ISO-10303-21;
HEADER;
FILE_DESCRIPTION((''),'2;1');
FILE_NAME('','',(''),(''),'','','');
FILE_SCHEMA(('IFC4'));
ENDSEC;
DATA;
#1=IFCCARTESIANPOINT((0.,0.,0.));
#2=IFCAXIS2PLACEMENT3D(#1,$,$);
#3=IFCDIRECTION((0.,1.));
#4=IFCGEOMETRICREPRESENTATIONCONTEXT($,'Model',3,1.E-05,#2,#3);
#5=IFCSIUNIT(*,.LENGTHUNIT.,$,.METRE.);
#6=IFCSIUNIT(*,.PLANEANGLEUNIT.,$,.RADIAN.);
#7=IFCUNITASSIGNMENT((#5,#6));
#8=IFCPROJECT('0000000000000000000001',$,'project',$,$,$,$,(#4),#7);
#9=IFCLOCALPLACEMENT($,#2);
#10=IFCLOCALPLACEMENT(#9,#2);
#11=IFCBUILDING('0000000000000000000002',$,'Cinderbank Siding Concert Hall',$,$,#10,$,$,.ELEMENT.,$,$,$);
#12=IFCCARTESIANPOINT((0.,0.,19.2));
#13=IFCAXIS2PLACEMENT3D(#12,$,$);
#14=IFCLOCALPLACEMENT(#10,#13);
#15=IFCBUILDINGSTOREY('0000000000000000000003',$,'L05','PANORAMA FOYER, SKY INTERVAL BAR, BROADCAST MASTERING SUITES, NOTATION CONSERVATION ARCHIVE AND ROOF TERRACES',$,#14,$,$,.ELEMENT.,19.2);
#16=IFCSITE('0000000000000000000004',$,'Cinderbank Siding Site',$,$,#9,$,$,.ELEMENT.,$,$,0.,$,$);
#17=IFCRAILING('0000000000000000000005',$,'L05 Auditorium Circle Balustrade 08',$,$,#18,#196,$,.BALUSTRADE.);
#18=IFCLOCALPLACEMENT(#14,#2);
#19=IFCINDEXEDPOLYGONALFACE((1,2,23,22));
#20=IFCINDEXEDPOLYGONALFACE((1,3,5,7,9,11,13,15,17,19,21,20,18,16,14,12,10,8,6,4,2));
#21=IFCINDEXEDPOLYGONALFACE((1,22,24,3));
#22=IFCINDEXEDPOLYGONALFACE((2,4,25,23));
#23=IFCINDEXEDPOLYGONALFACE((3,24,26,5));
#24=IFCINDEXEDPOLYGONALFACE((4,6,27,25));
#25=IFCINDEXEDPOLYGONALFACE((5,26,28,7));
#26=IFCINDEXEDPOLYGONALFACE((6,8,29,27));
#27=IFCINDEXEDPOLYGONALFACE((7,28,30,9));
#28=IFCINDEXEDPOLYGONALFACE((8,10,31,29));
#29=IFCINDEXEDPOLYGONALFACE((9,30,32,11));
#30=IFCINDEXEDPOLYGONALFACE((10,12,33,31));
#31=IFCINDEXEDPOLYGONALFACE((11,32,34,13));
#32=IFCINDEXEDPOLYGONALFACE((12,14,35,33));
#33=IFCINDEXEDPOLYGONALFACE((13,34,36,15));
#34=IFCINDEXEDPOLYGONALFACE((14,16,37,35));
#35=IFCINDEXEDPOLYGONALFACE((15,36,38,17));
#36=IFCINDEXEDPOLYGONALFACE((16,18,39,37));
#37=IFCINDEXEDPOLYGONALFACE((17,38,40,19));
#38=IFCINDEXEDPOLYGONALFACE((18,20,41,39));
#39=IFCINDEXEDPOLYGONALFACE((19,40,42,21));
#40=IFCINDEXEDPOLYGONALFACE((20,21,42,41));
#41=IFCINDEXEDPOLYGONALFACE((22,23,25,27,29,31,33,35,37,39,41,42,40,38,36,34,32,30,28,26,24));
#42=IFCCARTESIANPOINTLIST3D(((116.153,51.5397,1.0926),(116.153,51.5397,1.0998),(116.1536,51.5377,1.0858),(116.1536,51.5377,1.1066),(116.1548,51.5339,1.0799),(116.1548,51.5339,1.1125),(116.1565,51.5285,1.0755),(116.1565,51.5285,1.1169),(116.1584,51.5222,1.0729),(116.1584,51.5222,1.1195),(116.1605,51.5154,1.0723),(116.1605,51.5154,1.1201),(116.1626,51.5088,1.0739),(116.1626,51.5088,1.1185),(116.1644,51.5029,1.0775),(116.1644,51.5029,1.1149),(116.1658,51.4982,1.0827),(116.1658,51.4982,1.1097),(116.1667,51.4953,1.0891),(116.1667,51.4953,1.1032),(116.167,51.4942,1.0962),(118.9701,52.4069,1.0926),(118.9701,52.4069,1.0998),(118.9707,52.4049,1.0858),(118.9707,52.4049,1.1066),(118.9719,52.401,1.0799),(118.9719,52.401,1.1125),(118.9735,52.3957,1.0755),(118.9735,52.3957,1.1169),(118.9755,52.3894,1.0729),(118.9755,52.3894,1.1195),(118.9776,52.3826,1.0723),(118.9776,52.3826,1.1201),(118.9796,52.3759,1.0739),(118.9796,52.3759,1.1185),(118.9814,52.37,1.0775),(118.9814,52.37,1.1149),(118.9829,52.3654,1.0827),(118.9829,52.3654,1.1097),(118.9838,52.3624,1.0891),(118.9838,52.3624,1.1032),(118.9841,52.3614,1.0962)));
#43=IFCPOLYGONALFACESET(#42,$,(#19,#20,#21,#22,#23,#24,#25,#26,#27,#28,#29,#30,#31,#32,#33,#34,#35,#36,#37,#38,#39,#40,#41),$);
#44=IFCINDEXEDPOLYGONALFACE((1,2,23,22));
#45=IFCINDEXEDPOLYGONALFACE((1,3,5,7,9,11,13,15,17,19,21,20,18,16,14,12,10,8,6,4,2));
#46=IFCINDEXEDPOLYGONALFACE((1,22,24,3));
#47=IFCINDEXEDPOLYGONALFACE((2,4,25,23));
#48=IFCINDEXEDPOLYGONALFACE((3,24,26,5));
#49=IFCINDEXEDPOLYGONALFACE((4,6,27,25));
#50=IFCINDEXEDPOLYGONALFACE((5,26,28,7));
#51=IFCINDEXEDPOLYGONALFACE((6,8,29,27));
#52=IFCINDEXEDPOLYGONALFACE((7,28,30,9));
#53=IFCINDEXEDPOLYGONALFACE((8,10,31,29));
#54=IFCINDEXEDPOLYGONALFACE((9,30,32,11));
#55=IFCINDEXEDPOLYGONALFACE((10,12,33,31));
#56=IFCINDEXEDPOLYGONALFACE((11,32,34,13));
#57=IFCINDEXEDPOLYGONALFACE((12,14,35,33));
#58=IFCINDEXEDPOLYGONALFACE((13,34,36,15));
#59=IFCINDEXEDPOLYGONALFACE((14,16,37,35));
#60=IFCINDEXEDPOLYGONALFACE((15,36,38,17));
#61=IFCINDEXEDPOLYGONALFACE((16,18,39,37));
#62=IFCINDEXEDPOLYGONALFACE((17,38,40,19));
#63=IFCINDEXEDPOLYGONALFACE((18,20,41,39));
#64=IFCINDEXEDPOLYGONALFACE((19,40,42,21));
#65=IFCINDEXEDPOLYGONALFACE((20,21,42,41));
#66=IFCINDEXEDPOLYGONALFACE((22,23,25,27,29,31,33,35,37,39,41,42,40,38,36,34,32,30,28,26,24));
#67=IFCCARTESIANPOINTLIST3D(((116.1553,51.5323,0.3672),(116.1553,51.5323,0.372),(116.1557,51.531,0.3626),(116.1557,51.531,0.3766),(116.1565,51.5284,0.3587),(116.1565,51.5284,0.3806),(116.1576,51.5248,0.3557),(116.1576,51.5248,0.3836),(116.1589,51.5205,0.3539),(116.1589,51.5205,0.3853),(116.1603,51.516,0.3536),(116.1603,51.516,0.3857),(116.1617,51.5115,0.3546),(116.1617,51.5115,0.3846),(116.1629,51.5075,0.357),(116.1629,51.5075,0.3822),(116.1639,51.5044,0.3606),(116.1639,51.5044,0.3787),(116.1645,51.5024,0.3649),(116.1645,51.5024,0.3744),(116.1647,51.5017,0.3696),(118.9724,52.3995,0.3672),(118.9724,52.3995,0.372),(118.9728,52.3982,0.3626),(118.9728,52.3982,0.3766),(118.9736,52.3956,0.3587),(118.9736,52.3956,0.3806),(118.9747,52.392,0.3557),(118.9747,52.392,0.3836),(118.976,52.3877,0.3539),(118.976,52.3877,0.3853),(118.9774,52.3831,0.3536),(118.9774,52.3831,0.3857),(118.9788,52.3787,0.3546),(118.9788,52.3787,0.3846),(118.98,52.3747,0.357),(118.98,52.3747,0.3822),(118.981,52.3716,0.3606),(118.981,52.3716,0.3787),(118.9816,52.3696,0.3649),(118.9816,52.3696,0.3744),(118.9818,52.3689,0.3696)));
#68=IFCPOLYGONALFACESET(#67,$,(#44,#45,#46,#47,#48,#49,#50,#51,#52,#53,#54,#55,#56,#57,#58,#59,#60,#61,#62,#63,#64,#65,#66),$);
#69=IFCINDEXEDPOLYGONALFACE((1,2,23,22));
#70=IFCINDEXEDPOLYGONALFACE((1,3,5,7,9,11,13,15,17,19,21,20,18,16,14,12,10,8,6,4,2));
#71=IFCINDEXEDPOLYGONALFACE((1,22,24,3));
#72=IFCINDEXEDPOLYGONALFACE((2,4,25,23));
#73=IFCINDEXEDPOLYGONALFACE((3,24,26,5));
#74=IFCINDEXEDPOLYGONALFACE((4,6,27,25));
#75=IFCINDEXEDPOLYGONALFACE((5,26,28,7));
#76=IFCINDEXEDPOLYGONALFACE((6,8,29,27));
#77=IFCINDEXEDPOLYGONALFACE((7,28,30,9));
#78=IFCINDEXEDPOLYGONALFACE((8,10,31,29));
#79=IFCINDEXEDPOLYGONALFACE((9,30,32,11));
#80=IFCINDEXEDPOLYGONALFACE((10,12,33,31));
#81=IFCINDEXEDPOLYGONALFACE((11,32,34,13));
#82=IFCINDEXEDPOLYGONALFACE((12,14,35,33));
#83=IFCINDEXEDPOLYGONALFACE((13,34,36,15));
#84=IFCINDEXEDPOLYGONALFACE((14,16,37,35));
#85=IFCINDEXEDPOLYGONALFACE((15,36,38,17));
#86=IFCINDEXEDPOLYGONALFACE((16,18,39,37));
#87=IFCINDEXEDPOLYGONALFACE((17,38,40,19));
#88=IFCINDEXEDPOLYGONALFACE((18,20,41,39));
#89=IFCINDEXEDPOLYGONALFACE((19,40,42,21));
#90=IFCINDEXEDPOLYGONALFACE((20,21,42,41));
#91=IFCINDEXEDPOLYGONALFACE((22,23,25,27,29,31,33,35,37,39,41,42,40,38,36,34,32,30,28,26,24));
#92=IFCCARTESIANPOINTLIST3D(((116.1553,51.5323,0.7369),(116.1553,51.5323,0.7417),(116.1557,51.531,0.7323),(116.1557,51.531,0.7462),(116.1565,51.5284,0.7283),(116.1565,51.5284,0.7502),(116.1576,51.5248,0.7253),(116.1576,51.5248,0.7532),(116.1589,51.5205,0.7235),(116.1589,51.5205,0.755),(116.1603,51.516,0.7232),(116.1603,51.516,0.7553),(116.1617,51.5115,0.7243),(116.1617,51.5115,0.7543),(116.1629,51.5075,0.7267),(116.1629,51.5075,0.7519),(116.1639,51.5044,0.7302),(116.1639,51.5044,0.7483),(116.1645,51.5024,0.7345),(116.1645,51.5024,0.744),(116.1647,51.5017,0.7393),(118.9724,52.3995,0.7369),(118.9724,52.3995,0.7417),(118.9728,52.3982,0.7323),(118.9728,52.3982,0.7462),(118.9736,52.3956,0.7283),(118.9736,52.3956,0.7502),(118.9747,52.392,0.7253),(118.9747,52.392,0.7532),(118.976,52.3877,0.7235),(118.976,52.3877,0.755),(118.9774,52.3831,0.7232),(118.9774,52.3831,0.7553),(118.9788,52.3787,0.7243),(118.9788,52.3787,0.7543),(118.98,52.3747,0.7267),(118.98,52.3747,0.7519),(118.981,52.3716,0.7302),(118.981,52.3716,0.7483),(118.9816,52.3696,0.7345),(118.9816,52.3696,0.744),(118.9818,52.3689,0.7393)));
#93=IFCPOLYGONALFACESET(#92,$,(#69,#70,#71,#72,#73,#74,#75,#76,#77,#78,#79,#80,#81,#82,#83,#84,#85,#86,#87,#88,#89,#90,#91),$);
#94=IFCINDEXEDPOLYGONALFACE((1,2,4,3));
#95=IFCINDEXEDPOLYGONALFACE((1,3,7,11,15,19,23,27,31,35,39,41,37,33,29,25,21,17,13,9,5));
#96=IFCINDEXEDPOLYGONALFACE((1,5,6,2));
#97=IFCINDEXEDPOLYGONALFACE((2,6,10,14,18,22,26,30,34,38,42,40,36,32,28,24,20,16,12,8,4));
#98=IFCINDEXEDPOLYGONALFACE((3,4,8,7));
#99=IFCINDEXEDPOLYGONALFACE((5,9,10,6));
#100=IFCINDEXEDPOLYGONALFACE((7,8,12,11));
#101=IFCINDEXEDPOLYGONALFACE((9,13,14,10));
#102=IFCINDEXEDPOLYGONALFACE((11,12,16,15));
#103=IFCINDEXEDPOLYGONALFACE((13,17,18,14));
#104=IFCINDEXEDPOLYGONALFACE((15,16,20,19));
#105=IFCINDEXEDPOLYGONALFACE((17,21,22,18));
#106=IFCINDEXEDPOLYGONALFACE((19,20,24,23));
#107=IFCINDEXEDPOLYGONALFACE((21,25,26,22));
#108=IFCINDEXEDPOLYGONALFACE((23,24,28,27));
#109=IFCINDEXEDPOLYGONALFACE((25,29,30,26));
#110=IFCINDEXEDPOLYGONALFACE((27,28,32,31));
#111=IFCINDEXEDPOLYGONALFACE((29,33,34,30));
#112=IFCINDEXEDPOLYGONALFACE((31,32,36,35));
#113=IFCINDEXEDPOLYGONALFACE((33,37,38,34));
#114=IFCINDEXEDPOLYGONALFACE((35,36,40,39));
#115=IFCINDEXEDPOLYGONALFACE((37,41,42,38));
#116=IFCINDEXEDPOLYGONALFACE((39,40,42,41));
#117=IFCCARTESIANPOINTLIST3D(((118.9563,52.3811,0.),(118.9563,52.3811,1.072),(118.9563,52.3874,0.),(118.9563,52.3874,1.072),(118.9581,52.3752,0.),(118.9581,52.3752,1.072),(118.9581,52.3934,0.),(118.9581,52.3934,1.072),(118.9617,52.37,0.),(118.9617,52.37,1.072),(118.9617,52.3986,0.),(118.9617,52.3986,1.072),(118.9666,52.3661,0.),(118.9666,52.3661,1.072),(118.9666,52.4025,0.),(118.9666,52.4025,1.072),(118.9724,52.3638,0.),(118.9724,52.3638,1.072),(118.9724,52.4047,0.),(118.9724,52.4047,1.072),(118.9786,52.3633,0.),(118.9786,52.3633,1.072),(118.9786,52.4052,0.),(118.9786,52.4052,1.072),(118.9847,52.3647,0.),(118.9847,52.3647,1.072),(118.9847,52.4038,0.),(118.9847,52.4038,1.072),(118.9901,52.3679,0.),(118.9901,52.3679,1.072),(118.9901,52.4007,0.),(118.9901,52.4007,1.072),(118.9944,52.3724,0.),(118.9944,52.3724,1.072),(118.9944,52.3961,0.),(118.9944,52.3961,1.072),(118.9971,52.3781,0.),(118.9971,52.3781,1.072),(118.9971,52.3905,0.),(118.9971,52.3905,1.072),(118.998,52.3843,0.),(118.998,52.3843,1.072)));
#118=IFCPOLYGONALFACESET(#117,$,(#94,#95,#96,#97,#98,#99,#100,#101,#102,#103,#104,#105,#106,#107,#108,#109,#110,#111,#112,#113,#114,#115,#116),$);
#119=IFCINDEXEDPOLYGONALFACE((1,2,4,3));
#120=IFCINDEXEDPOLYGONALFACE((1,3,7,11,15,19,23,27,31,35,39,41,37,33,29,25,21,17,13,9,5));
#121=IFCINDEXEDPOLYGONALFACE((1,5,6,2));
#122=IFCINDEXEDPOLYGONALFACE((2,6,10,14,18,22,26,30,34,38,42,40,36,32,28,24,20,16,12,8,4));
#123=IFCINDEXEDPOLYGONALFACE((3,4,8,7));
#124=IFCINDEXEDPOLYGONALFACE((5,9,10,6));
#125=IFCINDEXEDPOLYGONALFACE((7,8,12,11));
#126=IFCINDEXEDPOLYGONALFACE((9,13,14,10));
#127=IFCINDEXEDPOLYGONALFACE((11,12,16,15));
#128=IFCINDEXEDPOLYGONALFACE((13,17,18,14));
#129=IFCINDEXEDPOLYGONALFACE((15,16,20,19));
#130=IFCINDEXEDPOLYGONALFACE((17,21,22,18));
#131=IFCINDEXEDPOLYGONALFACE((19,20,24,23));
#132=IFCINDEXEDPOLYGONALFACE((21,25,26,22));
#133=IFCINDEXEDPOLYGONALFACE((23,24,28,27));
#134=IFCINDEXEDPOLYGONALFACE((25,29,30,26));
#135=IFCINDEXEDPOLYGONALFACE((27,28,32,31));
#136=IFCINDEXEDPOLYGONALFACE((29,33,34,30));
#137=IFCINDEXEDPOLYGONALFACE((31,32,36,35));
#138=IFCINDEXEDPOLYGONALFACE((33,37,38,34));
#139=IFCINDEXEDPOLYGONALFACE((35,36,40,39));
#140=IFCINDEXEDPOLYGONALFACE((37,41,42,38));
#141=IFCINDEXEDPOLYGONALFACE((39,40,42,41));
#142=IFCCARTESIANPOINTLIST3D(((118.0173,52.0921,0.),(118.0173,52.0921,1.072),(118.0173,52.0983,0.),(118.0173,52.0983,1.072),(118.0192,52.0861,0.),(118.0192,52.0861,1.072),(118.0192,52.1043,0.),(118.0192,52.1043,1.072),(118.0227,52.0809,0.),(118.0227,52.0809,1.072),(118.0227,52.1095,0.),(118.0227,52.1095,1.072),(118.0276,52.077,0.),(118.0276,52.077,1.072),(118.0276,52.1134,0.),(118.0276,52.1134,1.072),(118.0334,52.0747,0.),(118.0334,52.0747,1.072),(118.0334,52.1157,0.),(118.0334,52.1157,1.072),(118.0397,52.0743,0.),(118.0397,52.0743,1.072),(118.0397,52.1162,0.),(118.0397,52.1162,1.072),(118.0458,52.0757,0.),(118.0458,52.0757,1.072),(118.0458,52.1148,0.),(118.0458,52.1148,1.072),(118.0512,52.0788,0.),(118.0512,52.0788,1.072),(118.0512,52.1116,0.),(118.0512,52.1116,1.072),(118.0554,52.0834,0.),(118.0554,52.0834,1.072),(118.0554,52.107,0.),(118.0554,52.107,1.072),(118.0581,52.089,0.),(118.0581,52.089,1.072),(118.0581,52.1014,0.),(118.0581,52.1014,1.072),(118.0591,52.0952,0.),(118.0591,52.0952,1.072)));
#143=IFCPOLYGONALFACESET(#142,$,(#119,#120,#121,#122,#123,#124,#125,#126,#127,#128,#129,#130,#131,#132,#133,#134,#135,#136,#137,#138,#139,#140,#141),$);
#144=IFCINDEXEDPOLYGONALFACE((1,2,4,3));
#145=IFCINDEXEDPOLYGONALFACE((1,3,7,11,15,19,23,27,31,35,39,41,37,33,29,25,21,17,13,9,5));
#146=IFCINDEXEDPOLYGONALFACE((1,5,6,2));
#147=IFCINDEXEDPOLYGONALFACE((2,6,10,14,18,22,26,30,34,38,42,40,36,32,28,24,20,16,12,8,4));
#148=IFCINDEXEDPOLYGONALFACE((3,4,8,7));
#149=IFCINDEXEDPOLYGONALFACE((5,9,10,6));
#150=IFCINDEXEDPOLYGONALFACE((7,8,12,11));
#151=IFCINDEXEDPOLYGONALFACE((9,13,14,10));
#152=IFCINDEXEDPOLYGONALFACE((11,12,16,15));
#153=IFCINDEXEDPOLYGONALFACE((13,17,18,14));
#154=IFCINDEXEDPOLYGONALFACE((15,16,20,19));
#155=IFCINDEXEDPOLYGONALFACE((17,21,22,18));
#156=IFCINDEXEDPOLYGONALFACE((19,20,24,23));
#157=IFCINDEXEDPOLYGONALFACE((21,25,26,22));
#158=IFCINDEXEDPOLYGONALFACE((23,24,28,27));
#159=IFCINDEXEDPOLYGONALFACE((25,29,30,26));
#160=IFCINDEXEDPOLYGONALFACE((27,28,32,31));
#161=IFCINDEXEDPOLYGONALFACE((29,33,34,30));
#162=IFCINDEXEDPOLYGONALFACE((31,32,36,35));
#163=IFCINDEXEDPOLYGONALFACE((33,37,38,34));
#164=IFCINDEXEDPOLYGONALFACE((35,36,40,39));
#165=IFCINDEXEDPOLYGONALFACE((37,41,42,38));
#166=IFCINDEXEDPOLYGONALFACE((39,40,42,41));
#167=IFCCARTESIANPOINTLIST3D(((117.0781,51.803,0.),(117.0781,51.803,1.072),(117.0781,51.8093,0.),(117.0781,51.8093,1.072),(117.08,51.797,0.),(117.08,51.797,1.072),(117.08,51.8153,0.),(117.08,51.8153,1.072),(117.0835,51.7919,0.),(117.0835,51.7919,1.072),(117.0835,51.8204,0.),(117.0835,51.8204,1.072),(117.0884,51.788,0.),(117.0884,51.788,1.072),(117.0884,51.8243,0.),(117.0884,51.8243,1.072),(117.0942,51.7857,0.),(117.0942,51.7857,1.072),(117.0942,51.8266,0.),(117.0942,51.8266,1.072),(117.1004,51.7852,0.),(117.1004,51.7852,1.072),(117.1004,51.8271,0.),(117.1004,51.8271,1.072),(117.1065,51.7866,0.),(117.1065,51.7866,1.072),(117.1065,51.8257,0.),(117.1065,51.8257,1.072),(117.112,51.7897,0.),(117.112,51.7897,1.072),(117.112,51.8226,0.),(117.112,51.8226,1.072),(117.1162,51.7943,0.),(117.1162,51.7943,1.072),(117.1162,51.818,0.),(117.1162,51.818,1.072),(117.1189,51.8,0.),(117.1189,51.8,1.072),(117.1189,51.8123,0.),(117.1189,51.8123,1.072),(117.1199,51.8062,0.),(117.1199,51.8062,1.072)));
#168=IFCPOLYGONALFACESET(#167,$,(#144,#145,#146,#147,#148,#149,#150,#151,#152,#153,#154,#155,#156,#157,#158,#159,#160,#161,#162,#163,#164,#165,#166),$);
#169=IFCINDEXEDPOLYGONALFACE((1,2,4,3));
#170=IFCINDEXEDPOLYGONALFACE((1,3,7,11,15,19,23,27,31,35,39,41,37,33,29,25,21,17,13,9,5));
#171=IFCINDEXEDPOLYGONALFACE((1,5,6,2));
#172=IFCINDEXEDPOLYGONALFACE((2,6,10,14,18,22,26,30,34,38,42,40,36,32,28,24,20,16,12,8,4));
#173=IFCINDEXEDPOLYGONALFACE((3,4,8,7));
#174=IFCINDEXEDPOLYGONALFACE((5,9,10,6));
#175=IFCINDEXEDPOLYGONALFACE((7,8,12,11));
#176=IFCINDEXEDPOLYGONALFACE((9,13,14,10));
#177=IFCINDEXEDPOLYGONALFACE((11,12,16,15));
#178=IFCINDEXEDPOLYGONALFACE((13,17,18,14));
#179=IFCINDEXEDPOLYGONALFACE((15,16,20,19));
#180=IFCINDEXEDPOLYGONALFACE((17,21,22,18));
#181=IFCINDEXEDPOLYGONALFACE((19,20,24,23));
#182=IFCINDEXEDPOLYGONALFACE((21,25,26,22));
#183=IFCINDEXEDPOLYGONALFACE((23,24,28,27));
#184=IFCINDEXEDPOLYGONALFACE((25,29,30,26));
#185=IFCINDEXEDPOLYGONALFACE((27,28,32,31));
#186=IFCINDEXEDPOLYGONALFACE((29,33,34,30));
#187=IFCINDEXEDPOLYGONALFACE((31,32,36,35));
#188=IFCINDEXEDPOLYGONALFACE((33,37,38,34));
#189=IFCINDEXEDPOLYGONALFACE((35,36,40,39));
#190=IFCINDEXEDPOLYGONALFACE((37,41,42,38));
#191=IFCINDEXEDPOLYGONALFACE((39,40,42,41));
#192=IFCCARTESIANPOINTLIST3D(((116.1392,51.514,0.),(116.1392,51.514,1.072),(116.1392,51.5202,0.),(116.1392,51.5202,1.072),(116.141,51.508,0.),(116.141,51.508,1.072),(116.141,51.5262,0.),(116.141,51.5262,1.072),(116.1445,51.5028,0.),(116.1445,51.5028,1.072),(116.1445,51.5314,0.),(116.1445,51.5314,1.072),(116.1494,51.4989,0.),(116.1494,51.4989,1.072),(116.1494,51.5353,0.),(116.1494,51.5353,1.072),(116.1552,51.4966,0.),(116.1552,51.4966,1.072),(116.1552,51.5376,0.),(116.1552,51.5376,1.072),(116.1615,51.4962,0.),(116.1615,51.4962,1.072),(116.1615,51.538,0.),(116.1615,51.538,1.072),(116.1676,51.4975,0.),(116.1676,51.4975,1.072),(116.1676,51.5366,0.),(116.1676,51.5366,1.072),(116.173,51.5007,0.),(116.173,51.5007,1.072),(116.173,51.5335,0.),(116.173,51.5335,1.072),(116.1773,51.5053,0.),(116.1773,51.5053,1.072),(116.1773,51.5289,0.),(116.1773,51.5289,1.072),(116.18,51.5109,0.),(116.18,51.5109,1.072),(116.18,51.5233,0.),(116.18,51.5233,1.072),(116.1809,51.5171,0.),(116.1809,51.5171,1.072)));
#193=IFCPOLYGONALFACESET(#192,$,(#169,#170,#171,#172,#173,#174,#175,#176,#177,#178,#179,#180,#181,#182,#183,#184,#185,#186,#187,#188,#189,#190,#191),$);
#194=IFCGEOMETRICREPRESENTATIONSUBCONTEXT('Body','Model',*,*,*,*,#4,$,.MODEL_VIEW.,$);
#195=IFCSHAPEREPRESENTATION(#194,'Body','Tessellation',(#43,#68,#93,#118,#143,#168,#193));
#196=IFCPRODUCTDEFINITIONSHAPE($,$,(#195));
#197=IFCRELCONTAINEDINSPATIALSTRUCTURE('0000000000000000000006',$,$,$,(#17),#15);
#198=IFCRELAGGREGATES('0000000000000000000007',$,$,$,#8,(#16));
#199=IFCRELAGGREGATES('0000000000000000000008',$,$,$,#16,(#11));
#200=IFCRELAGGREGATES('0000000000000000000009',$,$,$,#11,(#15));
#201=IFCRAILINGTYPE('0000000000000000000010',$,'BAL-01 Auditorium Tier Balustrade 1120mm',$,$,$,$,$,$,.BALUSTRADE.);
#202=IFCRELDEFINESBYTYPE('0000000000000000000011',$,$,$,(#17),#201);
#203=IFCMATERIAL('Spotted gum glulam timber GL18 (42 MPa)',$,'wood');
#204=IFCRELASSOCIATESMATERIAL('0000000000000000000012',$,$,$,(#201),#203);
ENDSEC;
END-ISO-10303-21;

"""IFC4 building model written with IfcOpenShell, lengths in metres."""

from ifc_helpers import new_model, si_unit, direction, frame, origin, origin_2d, place, context, subcontext, project, spatial, circle, extrude, material, type_object, element, save


model = new_model("IFC4")

# Units and contexts
model_context = context("Model", 3, precision=1e-05, world=origin(), true_north=direction((0.0, 1.0)))
body_context = subcontext(model_context, "Body", "Model", "MODEL_VIEW")
ifc_project = project(units=[si_unit("LENGTHUNIT", "METRE"), si_unit("PLANEANGLEUNIT", "RADIAN")], contexts=[model_context])

# Site, building, storey
site_placement = place(None, origin())
site = spatial("IfcSite", under=ifc_project, at=site_placement, Name="Cinderbank Siding Site", CompositionType="ELEMENT", RefElevation=0.0)
building_placement = place(site_placement, origin())
building = spatial("IfcBuilding", under=site, at=building_placement, Name="Cinderbank Siding Concert Hall", CompositionType="ELEMENT")
storey_placement = place(building_placement, frame((0.0, 0.0, 19.2)))
storey = spatial("IfcBuildingStorey", under=building, at=storey_placement, Name="L05", Description="PANORAMA FOYER, SKY INTERVAL BAR, BROADCAST MASTERING SUITES, NOTATION CONSERVATION ARCHIVE AND ROOF TERRACES", CompositionType="ELEMENT", Elevation=19.2)

# Railing
ifc_material_1 = material(Name="Spotted gum glulam timber GL18 (42 MPa)", Category="wood")
railing_type = type_object("IfcRailingType", Name="BAL-01 Auditorium Tier Balustrade 1120mm", PredefinedType="BALUSTRADE", material=ifc_material_1)
railing_1_placement = place(storey_placement, frame((118.9771, 52.3843, 0.0)))
element("IfcRailing", 1, at=railing_1_placement, inside=storey, type_object=railing_type, Name="L05 Auditorium Circle Balustrade 08", PredefinedType="BALUSTRADE", context=body_context, shape_type="SweptSolid", body=[
    extrude(circle(Radius=0.0239, at=origin_2d()), frame((0.0, 0.0, 1.0962), z_axis=(-0.955743, -0.294202, 0.0), x_axis=(0.294202, -0.955743, 0.0)), (0.0, 0.0, 1.0), 2.9475),
    extrude(circle(Radius=0.0161, at=origin_2d()), frame((0.0, 0.0, 0.3696), z_axis=(-0.955743, -0.294202, 0.0), x_axis=(0.294202, -0.955743, 0.0)), (0.0, 0.0, 1.0), 2.9475),
    extrude(circle(Radius=0.0161, at=origin_2d()), frame((0.0, 0.0, 0.7393), z_axis=(-0.955743, -0.294202, 0.0), x_axis=(0.294202, -0.955743, 0.0)), (0.0, 0.0, 1.0), 2.9475),
    extrude(circle(Radius=0.021, at=origin_2d()), origin(), (0.0, 0.0, 1.0), 1.072),
    extrude(circle(Radius=0.021, at=origin_2d()), frame((-0.939, -0.2891, 0.0)), (0.0, 0.0, 1.0), 1.072),
    extrude(circle(Radius=0.021, at=origin_2d()), frame((-1.8782, -0.5781, 0.0)), (0.0, 0.0, 1.0), 1.072),
    extrude(circle(Radius=0.021, at=origin_2d()), frame((-2.8171, -0.8672, 0.0)), (0.0, 0.0, 1.0), 1.072),
])

save(model, "model.ifc")
